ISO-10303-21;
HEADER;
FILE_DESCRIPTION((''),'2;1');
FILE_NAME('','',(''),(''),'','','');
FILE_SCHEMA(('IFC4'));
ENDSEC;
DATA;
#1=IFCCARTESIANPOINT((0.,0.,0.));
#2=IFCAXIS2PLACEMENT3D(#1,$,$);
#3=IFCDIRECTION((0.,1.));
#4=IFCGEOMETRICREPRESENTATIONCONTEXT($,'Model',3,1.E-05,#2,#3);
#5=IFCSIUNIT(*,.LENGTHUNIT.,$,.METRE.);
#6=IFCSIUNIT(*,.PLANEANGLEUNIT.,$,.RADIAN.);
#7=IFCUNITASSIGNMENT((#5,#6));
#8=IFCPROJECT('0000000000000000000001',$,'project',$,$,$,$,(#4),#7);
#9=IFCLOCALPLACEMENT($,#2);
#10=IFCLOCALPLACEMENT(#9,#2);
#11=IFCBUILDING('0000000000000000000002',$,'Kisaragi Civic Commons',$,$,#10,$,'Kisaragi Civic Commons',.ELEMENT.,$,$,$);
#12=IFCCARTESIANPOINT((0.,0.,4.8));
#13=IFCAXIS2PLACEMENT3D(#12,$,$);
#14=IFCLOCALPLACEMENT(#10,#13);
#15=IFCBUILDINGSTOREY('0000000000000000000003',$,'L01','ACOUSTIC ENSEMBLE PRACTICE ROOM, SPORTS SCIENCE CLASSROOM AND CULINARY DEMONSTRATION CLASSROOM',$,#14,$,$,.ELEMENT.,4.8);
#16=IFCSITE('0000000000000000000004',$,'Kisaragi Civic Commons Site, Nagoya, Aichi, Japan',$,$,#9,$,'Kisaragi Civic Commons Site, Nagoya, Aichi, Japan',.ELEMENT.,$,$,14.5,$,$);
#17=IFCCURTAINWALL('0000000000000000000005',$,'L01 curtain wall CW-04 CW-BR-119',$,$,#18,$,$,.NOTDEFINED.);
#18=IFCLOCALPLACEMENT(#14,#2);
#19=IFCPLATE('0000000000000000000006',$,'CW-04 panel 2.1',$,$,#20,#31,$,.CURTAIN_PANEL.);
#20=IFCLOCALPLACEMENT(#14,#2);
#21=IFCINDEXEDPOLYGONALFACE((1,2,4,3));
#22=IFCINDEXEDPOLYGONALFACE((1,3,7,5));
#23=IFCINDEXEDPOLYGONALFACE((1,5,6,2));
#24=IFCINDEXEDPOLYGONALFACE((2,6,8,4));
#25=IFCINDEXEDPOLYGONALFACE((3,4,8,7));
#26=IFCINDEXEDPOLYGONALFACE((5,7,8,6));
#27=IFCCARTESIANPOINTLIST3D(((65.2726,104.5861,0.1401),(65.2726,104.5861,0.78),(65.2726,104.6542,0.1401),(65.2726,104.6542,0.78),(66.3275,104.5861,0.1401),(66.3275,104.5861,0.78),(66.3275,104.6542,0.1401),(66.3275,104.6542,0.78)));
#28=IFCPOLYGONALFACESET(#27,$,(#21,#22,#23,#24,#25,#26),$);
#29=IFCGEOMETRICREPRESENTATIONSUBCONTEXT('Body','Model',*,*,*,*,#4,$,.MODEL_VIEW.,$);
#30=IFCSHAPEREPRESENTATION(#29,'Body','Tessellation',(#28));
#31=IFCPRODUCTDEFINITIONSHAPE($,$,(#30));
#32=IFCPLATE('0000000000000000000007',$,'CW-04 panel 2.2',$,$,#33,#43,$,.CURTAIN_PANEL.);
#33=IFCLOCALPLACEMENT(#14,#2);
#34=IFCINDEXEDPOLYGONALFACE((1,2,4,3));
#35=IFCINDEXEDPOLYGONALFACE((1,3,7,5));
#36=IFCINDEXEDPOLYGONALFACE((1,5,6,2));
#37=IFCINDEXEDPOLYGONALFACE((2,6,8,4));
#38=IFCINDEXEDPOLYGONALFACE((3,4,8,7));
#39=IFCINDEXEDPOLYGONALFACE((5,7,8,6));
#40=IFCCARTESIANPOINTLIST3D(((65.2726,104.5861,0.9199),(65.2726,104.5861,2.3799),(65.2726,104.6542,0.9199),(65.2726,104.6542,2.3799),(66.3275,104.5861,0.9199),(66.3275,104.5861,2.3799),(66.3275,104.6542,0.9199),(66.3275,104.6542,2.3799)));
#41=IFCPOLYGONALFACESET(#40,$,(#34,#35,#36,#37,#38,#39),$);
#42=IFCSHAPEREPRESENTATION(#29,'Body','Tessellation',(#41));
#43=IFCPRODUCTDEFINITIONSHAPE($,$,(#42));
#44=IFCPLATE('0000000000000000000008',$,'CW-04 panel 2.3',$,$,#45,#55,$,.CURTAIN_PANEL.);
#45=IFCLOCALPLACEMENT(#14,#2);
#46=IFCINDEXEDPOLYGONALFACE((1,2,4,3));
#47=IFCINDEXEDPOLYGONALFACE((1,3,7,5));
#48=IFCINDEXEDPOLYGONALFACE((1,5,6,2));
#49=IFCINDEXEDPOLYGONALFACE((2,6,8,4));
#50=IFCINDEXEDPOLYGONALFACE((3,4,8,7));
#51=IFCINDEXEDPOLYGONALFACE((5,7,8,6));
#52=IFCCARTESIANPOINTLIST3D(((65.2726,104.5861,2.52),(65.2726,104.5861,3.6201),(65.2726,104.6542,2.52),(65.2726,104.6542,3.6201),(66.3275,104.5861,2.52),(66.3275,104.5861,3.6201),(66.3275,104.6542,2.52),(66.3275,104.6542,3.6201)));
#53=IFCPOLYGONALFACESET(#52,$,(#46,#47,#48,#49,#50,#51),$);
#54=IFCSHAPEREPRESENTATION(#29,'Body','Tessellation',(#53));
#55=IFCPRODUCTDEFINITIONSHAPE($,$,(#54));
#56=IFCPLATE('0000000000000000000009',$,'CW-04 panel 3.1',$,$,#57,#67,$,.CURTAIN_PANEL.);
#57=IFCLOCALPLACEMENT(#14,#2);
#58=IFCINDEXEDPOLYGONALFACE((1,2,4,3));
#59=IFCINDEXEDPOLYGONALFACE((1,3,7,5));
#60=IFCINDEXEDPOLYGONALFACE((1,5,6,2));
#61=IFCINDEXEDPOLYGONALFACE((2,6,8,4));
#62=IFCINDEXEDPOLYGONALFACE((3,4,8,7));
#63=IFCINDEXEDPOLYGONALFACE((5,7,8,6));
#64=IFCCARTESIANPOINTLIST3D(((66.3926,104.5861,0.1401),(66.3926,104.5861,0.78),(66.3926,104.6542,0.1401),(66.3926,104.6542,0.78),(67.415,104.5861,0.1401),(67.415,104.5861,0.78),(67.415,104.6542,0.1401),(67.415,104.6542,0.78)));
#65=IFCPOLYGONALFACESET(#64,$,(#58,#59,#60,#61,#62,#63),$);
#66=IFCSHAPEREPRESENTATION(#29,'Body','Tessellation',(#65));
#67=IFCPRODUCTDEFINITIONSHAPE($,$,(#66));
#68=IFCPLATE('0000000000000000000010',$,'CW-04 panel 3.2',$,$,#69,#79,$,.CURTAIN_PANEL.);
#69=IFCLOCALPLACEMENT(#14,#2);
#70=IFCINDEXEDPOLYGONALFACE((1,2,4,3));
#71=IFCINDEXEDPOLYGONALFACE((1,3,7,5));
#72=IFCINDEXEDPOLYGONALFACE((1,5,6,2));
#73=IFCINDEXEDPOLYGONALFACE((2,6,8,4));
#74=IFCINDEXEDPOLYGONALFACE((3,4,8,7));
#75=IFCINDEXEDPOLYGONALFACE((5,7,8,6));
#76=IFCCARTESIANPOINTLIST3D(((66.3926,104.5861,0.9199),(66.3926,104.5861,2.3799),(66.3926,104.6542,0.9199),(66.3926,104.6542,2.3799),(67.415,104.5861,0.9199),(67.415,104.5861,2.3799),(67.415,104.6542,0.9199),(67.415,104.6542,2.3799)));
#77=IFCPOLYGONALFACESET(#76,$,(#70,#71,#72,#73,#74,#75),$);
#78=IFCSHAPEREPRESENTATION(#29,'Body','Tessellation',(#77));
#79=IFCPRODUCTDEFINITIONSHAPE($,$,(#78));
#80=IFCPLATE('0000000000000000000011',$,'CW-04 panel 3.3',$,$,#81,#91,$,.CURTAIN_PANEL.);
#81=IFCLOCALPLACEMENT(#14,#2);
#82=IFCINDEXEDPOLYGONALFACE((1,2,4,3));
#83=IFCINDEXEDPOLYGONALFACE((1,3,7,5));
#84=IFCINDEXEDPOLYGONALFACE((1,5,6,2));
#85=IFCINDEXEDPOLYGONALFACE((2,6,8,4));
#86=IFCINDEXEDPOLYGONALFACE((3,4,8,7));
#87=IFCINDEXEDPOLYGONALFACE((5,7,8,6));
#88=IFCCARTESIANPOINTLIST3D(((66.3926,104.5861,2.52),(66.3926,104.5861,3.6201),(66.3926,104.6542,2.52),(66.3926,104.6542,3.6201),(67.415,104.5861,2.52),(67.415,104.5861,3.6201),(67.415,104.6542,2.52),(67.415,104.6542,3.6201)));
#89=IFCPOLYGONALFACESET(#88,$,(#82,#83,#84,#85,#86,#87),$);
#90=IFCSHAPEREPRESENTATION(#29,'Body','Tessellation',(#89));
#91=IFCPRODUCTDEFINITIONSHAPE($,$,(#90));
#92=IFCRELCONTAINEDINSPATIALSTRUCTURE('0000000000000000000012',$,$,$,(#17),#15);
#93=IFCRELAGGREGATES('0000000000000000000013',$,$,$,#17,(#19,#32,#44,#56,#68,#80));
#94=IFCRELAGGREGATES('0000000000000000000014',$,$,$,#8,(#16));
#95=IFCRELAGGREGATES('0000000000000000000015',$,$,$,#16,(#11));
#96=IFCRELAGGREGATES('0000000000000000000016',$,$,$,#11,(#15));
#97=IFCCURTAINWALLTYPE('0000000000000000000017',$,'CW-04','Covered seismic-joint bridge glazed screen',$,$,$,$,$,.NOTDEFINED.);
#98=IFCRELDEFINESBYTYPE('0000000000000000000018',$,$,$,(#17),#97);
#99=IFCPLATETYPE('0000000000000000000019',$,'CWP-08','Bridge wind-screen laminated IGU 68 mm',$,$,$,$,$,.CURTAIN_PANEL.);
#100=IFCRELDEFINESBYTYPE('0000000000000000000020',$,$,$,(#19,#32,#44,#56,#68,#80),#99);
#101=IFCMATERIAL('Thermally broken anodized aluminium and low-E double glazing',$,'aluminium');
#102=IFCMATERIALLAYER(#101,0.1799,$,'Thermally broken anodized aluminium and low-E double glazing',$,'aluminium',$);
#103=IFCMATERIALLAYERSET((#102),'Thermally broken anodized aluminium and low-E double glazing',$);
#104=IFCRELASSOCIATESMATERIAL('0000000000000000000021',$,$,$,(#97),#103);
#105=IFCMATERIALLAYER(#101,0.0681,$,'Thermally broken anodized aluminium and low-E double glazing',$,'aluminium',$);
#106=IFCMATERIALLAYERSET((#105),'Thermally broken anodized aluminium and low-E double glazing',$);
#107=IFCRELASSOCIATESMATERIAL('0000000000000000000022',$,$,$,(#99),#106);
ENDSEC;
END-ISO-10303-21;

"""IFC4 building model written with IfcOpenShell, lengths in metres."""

from ifc_helpers import new_model, si_unit, direction, frame, origin, origin_2d, place, context, subcontext, project, spatial, rectangle, extrude, material, layer, layer_set, type_object, element, aggregate, save


model = new_model("IFC4")

# Units and contexts
model_context = context("Model", 3, precision=1e-05, world=origin(), true_north=direction((0.0, 1.0)))
body_context = subcontext(model_context, "Body", "Model", "MODEL_VIEW")
ifc_project = project(units=[si_unit("LENGTHUNIT", "METRE"), si_unit("PLANEANGLEUNIT", "RADIAN")], contexts=[model_context])

# Site, building, storey
site_placement = place(None, origin())
site = spatial("IfcSite", under=ifc_project, at=site_placement, Name="Kisaragi Civic Commons Site, Nagoya, Aichi, Japan", LongName="Kisaragi Civic Commons Site, Nagoya, Aichi, Japan", CompositionType="ELEMENT", RefElevation=14.5)
building_placement = place(site_placement, origin())
building = spatial("IfcBuilding", under=site, at=building_placement, Name="Kisaragi Civic Commons", LongName="Kisaragi Civic Commons", CompositionType="ELEMENT")
storey_placement = place(building_placement, frame((0.0, 0.0, 4.8)))
storey = spatial("IfcBuildingStorey", under=building, at=storey_placement, Name="L01", Description="ACOUSTIC ENSEMBLE PRACTICE ROOM, SPORTS SCIENCE CLASSROOM AND CULINARY DEMONSTRATION CLASSROOM", CompositionType="ELEMENT", Elevation=4.8)

# Curtain wall
ifc_material_1 = material(Name="Thermally broken anodized aluminium and low-E double glazing", Category="aluminium")
ifc_layer_1 = layer(ifc_material_1, 0.1799, Name="Thermally broken anodized aluminium and low-E double glazing", Category="aluminium")
ifc_layer_set_1 = layer_set([ifc_layer_1], Name="Thermally broken anodized aluminium and low-E double glazing")
curtain_wall_type = type_object("IfcCurtainWallType", Name="CW-04", Description="Covered seismic-joint bridge glazed screen", PredefinedType="NOTDEFINED", material=ifc_layer_set_1)
curtain_wall_1_placement = place(storey_placement, origin())
curtain_wall_1 = element("IfcCurtainWall", 1, at=curtain_wall_1_placement, inside=storey, type_object=curtain_wall_type, Name="L01 curtain wall CW-04 CW-BR-119", PredefinedType="NOTDEFINED")

# Plates
ifc_layer_2 = layer(ifc_material_1, 0.0681, Name="Thermally broken anodized aluminium and low-E double glazing", Category="aluminium")
ifc_layer_set_2 = layer_set([ifc_layer_2], Name="Thermally broken anodized aluminium and low-E double glazing")
plate_type_1 = type_object("IfcPlateType", Name="CWP-08", Description="Bridge wind-screen laminated IGU 68 mm", PredefinedType="CURTAIN_PANEL", material=ifc_layer_set_2)
plate_1_placement = place(storey_placement, frame((65.8, 104.6201, 0.1401), z_axis=(0.0, 0.0, 1.0), x_axis=(1.0, 0.0, 0.0)))
plate_1 = element("IfcPlate", 2, at=plate_1_placement, type_object=plate_type_1, Name="CW-04 panel 2.1", PredefinedType="CURTAIN_PANEL", context=body_context, shape_type="SweptSolid", body=[
    extrude(rectangle(XDim=1.0549, YDim=0.0681, at=origin_2d()), origin(), (0.0, 0.0, 1.0), 0.6399),
])
plate_2_placement = place(storey_placement, frame((65.8, 104.6201, 0.9199), z_axis=(0.0, 0.0, 1.0), x_axis=(1.0, 0.0, 0.0)))
plate_2 = element("IfcPlate", 3, at=plate_2_placement, type_object=plate_type_1, Name="CW-04 panel 2.2", PredefinedType="CURTAIN_PANEL", context=body_context, shape_type="SweptSolid", body=[
    extrude(rectangle(XDim=1.0549, YDim=0.0681, at=origin_2d()), origin(), (0.0, 0.0, 1.0), 1.46),
])
plate_3_placement = place(storey_placement, frame((65.8, 104.6201, 2.52), z_axis=(0.0, 0.0, 1.0), x_axis=(1.0, 0.0, 0.0)))
plate_3 = element("IfcPlate", 4, at=plate_3_placement, type_object=plate_type_1, Name="CW-04 panel 2.3", PredefinedType="CURTAIN_PANEL", context=body_context, shape_type="SweptSolid", body=[
    extrude(rectangle(XDim=1.0549, YDim=0.0681, at=origin_2d()), origin(), (0.0, 0.0, 1.0), 1.1001),
])
plate_4_placement = place(storey_placement, frame((66.9038, 104.6201, 0.1401), z_axis=(0.0, 0.0, 1.0), x_axis=(1.0, 0.0, 0.0)))
plate_4 = element("IfcPlate", 5, at=plate_4_placement, type_object=plate_type_1, Name="CW-04 panel 3.1", PredefinedType="CURTAIN_PANEL", context=body_context, shape_type="SweptSolid", body=[
    extrude(rectangle(XDim=1.0225, YDim=0.0681, at=origin_2d()), origin(), (0.0, 0.0, 1.0), 0.6399),
])
plate_5_placement = place(storey_placement, frame((66.9038, 104.6201, 0.9199), z_axis=(0.0, 0.0, 1.0), x_axis=(1.0, 0.0, 0.0)))
plate_5 = element("IfcPlate", 6, at=plate_5_placement, type_object=plate_type_1, Name="CW-04 panel 3.2", PredefinedType="CURTAIN_PANEL", context=body_context, shape_type="SweptSolid", body=[
    extrude(rectangle(XDim=1.0225, YDim=0.0681, at=origin_2d()), origin(), (0.0, 0.0, 1.0), 1.46),
])
plate_6_placement = place(storey_placement, frame((66.9038, 104.6201, 2.52), z_axis=(0.0, 0.0, 1.0), x_axis=(1.0, 0.0, 0.0)))
plate_6 = element("IfcPlate", 7, at=plate_6_placement, type_object=plate_type_1, Name="CW-04 panel 3.3", PredefinedType="CURTAIN_PANEL", context=body_context, shape_type="SweptSolid", body=[
    extrude(rectangle(XDim=1.0225, YDim=0.0681, at=origin_2d()), origin(), (0.0, 0.0, 1.0), 1.1001),
])
aggregate(curtain_wall_1, [plate_1, plate_2, plate_3, plate_4, plate_5, plate_6])

save(model, "model.ifc")
